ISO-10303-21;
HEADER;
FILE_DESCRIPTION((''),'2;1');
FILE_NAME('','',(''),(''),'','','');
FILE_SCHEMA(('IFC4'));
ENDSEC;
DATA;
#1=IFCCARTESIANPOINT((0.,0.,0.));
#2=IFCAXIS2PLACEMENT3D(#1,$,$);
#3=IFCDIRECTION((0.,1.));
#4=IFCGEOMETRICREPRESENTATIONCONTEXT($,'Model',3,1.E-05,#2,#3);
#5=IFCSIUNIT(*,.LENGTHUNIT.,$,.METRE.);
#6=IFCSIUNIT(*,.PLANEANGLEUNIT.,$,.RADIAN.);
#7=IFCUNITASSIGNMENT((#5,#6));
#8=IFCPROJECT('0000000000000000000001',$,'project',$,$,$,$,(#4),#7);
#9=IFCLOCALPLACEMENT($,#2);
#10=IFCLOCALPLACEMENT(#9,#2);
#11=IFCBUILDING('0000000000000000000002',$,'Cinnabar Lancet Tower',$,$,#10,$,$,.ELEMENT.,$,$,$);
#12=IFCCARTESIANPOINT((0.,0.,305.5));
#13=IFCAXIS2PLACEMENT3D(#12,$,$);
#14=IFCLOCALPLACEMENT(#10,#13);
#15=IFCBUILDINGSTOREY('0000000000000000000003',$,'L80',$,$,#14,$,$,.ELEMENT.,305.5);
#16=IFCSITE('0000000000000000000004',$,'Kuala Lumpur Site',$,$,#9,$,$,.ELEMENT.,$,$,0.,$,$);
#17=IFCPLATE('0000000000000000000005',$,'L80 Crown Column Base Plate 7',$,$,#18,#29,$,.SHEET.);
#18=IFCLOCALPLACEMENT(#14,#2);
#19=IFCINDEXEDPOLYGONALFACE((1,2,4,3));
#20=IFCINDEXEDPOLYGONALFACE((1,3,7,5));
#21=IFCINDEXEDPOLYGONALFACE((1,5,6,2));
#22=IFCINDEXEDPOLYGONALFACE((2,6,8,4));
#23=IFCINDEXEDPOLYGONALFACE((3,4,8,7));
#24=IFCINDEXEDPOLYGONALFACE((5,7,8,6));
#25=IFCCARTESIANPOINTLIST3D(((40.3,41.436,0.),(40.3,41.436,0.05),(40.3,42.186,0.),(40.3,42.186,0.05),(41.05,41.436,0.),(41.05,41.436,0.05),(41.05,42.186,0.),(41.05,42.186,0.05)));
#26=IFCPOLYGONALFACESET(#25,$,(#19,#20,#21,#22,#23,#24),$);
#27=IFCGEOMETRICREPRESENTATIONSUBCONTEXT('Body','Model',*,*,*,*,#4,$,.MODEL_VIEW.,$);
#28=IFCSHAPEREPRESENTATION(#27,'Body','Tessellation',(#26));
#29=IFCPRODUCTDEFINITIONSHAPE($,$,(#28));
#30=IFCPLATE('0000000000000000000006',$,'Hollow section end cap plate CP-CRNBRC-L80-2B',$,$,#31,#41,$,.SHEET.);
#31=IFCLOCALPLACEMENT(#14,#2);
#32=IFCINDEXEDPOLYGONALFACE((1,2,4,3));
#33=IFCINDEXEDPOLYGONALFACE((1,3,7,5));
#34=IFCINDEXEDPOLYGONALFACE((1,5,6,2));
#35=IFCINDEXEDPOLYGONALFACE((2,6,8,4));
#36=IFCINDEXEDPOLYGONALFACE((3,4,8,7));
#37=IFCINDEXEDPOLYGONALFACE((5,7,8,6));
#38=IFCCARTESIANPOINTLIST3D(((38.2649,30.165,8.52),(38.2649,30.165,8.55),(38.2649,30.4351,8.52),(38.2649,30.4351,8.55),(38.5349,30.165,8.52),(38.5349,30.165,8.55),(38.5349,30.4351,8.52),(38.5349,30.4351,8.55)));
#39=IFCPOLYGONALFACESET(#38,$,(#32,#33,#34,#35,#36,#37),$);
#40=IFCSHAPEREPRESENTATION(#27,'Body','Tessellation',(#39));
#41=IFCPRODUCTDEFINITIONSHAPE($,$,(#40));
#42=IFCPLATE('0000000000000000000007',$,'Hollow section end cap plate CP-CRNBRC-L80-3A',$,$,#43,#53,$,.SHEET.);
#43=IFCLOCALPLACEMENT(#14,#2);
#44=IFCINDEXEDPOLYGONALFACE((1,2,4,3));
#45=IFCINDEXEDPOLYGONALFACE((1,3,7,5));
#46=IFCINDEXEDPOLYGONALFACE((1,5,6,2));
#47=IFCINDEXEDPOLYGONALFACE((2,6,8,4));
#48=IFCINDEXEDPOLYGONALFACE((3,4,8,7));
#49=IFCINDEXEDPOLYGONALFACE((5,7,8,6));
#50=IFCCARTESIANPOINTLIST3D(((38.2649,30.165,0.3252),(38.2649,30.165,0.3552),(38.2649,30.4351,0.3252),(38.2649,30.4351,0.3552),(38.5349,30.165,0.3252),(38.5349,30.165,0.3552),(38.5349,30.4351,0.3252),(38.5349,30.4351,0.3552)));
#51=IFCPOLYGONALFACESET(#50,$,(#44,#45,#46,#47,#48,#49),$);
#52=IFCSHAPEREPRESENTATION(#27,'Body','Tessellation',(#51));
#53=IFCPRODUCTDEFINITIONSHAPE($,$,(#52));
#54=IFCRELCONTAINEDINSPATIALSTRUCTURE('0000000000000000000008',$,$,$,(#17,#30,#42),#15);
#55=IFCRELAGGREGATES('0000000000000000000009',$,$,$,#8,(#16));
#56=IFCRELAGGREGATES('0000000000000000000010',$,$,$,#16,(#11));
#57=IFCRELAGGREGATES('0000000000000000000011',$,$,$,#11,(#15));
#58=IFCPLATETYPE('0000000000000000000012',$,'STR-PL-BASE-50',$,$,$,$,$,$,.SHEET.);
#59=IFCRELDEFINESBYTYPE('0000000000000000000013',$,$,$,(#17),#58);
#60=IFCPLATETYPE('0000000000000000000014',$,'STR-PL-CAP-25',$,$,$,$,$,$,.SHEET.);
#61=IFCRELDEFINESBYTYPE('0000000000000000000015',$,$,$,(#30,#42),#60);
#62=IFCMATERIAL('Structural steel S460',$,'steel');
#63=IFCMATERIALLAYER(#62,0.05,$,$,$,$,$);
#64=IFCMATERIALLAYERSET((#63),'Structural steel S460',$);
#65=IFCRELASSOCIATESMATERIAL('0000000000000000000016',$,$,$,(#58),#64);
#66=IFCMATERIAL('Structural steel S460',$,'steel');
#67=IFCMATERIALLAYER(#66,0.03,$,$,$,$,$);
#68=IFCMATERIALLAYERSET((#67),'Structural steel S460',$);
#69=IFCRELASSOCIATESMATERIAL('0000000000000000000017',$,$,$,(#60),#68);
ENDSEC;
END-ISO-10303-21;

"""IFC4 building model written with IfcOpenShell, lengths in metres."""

from ifc_helpers import new_model, si_unit, direction, frame, origin, origin_2d, place, context, subcontext, project, spatial, rectangle, extrude, material, layer, layer_set, type_object, element, save


model = new_model("IFC4")

# Units and contexts
model_context = context("Model", 3, precision=1e-05, world=origin(), true_north=direction((0.0, 1.0)))
body_context = subcontext(model_context, "Body", "Model", "MODEL_VIEW")
ifc_project = project(units=[si_unit("LENGTHUNIT", "METRE"), si_unit("PLANEANGLEUNIT", "RADIAN")], contexts=[model_context])

# Site, building, storey
site_placement = place(None, origin())
site = spatial("IfcSite", under=ifc_project, at=site_placement, Name="Kuala Lumpur Site", CompositionType="ELEMENT", RefElevation=0.0)
building_placement = place(site_placement, origin())
building = spatial("IfcBuilding", under=site, at=building_placement, Name="Cinnabar Lancet Tower", CompositionType="ELEMENT")
storey_placement = place(building_placement, frame((0.0, 0.0, 305.5)))
storey = spatial("IfcBuildingStorey", under=building, at=storey_placement, Name="L80", CompositionType="ELEMENT", Elevation=305.5)

# Plates
ifc_material_1 = material(Name="Structural steel S460", Category="steel")
ifc_layer_1 = layer(ifc_material_1, 0.05)
ifc_layer_set_1 = layer_set([ifc_layer_1], Name="Structural steel S460")
plate_type_1 = type_object("IfcPlateType", Name="STR-PL-BASE-50", PredefinedType="SHEET", material=ifc_layer_set_1)
plate_1_placement = place(storey_placement, frame((40.675, 41.811, 0.0), z_axis=(0.0, 0.0, 1.0), x_axis=(1.0, 0.0, 0.0)))
element("IfcPlate", 1, at=plate_1_placement, inside=storey, type_object=plate_type_1, Name="L80 Crown Column Base Plate 7", PredefinedType="SHEET", context=body_context, shape_type="SweptSolid", body=[
    extrude(rectangle(XDim=0.75, YDim=0.75, at=origin_2d()), origin(), (0.0, 0.0, 1.0), 0.05),
])
ifc_material_2 = material(Name="Structural steel S460", Category="steel")
ifc_layer_2 = layer(ifc_material_2, 0.03)
ifc_layer_set_2 = layer_set([ifc_layer_2], Name="Structural steel S460")
plate_type_2 = type_object("IfcPlateType", Name="STR-PL-CAP-25", PredefinedType="SHEET", material=ifc_layer_set_2)
for number, where, z_axis, x_axis, name in (
    (2, (38.3999, 30.3, 8.52), (0.0, 0.0, 1.0), (0.0, 1.0, 0.0), "Hollow section end cap plate CP-CRNBRC-L80-2B"),
    (3, (38.3999, 30.3, 0.3252), (0.0, 0.0, 1.0), (1.0, 0.0, 0.0), "Hollow section end cap plate CP-CRNBRC-L80-3A"),
):
    element("IfcPlate", number, at=place(storey_placement, frame(where, z_axis=z_axis, x_axis=x_axis)), inside=storey, type_object=plate_type_2, Name=name, PredefinedType="SHEET", context=body_context, shape_type="SweptSolid", body=[
        extrude(rectangle(XDim=0.27, YDim=0.27, at=origin_2d()), origin(), (0.0, 0.0, 1.0), 0.03),
    ])

save(model, "model.ifc")
